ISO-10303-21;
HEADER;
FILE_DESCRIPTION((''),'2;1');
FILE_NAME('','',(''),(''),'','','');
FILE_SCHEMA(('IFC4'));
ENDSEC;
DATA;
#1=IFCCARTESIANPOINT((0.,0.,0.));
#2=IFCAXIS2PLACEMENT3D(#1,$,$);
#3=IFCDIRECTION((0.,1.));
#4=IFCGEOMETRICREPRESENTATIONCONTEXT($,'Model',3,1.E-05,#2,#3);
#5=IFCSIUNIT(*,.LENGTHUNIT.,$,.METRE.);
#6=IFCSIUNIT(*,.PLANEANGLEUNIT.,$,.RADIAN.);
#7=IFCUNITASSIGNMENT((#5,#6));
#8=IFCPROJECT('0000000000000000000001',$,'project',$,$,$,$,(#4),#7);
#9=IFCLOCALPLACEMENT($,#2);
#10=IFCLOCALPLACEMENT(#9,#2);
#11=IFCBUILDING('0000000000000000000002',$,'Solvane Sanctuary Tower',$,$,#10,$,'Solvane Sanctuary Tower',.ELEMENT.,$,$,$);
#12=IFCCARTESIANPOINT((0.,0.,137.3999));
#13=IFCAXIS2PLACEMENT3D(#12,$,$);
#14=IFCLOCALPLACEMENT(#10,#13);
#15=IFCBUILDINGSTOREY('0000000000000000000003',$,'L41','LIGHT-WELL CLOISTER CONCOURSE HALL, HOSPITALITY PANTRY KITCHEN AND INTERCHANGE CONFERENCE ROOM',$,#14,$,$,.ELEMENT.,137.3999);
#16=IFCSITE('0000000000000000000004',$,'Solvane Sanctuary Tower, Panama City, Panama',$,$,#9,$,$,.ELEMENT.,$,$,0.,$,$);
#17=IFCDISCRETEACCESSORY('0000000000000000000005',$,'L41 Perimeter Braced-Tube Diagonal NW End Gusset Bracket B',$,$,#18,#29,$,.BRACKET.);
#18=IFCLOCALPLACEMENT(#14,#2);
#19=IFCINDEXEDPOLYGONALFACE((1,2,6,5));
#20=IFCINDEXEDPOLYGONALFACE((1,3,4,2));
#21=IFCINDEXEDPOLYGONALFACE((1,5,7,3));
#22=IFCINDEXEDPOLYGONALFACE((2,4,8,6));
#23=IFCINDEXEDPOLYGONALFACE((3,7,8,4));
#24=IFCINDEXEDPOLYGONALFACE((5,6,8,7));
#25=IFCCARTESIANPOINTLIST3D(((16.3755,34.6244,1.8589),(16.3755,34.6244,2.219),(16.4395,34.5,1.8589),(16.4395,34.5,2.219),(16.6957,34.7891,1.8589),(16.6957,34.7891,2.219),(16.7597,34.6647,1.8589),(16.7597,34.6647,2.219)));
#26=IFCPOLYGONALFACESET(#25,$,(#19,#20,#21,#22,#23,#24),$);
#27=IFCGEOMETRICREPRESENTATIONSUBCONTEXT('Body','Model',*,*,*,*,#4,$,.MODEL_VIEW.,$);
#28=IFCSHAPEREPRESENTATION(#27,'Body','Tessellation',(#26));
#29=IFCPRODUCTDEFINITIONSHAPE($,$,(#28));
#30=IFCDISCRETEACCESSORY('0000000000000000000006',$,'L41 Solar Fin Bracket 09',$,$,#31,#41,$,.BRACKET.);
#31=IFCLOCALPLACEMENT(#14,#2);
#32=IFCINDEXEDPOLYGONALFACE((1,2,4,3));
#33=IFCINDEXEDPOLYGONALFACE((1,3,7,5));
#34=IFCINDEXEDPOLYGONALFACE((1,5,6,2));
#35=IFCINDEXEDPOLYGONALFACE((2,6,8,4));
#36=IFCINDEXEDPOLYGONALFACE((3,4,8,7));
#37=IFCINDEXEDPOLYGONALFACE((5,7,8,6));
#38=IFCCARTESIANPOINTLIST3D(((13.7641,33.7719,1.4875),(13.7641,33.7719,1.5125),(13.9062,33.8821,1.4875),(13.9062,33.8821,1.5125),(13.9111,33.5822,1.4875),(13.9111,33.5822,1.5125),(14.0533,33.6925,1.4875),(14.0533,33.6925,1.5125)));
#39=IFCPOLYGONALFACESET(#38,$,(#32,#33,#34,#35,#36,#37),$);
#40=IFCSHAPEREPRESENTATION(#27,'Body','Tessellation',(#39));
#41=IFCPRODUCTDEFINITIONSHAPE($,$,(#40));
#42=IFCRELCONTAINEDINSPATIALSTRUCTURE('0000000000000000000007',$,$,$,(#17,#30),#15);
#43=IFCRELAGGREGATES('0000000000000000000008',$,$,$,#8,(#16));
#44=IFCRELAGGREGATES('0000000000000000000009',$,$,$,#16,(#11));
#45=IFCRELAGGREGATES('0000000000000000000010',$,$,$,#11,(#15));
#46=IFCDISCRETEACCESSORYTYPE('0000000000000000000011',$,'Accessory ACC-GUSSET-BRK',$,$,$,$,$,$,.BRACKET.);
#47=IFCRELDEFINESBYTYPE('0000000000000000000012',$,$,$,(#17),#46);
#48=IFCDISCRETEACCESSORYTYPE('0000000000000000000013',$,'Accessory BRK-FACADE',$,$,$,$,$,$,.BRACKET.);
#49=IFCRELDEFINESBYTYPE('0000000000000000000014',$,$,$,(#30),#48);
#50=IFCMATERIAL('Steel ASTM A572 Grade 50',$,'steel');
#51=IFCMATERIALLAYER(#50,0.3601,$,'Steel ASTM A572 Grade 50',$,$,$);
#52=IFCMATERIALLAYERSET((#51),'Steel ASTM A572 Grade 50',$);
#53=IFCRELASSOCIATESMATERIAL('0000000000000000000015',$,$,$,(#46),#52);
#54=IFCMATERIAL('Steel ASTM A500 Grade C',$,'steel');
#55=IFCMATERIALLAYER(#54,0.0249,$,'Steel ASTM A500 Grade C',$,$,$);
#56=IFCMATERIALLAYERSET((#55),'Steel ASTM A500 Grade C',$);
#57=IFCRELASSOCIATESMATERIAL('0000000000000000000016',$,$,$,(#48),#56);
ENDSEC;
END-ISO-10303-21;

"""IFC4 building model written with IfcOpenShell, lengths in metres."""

from ifc_helpers import new_model, si_unit, direction, frame, origin, origin_2d, place, context, subcontext, project, spatial, rectangle, extrude, material, layer, layer_set, type_object, element, save


model = new_model("IFC4")

# Units and contexts
model_context = context("Model", 3, precision=1e-05, world=origin(), true_north=direction((0.0, 1.0)))
body_context = subcontext(model_context, "Body", "Model", "MODEL_VIEW")
ifc_project = project(units=[si_unit("LENGTHUNIT", "METRE"), si_unit("PLANEANGLEUNIT", "RADIAN")], contexts=[model_context])

# Site, building, storey
site_placement = place(None, origin())
site = spatial("IfcSite", under=ifc_project, at=site_placement, Name="Solvane Sanctuary Tower, Panama City, Panama", CompositionType="ELEMENT", RefElevation=0.0)
building_placement = place(site_placement, origin())
building = spatial("IfcBuilding", under=site, at=building_placement, Name="Solvane Sanctuary Tower", LongName="Solvane Sanctuary Tower", CompositionType="ELEMENT")
storey_placement = place(building_placement, frame((0.0, 0.0, 137.3999)))
storey = spatial("IfcBuildingStorey", under=building, at=storey_placement, Name="L41", Description="LIGHT-WELL CLOISTER CONCOURSE HALL, HOSPITALITY PANTRY KITCHEN AND INTERCHANGE CONFERENCE ROOM", CompositionType="ELEMENT", Elevation=137.3999)

# Discrete accessories
ifc_material_1 = material(Name="Steel ASTM A572 Grade 50", Category="steel")
ifc_layer_1 = layer(ifc_material_1, 0.3601, Name="Steel ASTM A572 Grade 50")
ifc_layer_set_1 = layer_set([ifc_layer_1], Name="Steel ASTM A572 Grade 50")
discrete_accessory_type_1 = type_object("IfcDiscreteAccessoryType", Name="Accessory ACC-GUSSET-BRK", PredefinedType="BRACKET", material=ifc_layer_set_1)
for number, where, z_axis, x_axis, name in (
    (1, (16.5676, 34.6445, 1.8589), (0.0, 0.0, 1.0), (-0.889257, -0.457408, 0.0), "L41 Perimeter Braced-Tube Diagonal NW End Gusset Bracket B"),
):
    element("IfcDiscreteAccessory", number, at=place(storey_placement, frame(where, z_axis=z_axis, x_axis=x_axis)), inside=storey, type_object=discrete_accessory_type_1, Name=name, PredefinedType="BRACKET", context=body_context, shape_type="SweptSolid", body=[
        extrude(rectangle(XDim=0.3601, YDim=0.1399, at=origin_2d()), origin(), (0.0, 0.0, 1.0), 0.3601),
    ])
ifc_material_2 = material(Name="Steel ASTM A500 Grade C", Category="steel")
ifc_layer_2 = layer(ifc_material_2, 0.0249, Name="Steel ASTM A500 Grade C")
ifc_layer_set_2 = layer_set([ifc_layer_2], Name="Steel ASTM A500 Grade C")
discrete_accessory_type_2 = type_object("IfcDiscreteAccessoryType", Name="Accessory BRK-FACADE", PredefinedType="BRACKET", material=ifc_layer_set_2)
discrete_accessory_placement = place(storey_placement, frame((13.9087, 33.7322, 1.4875), z_axis=(0.0, 0.0, 1.0), x_axis=(-0.790166, -0.612893, 0.0)))
element("IfcDiscreteAccessory", 2, at=discrete_accessory_placement, inside=storey, type_object=discrete_accessory_type_2, Name="L41 Solar Fin Bracket 09", PredefinedType="BRACKET", context=body_context, shape_type="SweptSolid", body=[
    extrude(rectangle(XDim=0.1799, YDim=0.24, at=origin_2d()), origin(), (0.0, 0.0, 1.0), 0.0249),
])

save(model, "model.ifc")
